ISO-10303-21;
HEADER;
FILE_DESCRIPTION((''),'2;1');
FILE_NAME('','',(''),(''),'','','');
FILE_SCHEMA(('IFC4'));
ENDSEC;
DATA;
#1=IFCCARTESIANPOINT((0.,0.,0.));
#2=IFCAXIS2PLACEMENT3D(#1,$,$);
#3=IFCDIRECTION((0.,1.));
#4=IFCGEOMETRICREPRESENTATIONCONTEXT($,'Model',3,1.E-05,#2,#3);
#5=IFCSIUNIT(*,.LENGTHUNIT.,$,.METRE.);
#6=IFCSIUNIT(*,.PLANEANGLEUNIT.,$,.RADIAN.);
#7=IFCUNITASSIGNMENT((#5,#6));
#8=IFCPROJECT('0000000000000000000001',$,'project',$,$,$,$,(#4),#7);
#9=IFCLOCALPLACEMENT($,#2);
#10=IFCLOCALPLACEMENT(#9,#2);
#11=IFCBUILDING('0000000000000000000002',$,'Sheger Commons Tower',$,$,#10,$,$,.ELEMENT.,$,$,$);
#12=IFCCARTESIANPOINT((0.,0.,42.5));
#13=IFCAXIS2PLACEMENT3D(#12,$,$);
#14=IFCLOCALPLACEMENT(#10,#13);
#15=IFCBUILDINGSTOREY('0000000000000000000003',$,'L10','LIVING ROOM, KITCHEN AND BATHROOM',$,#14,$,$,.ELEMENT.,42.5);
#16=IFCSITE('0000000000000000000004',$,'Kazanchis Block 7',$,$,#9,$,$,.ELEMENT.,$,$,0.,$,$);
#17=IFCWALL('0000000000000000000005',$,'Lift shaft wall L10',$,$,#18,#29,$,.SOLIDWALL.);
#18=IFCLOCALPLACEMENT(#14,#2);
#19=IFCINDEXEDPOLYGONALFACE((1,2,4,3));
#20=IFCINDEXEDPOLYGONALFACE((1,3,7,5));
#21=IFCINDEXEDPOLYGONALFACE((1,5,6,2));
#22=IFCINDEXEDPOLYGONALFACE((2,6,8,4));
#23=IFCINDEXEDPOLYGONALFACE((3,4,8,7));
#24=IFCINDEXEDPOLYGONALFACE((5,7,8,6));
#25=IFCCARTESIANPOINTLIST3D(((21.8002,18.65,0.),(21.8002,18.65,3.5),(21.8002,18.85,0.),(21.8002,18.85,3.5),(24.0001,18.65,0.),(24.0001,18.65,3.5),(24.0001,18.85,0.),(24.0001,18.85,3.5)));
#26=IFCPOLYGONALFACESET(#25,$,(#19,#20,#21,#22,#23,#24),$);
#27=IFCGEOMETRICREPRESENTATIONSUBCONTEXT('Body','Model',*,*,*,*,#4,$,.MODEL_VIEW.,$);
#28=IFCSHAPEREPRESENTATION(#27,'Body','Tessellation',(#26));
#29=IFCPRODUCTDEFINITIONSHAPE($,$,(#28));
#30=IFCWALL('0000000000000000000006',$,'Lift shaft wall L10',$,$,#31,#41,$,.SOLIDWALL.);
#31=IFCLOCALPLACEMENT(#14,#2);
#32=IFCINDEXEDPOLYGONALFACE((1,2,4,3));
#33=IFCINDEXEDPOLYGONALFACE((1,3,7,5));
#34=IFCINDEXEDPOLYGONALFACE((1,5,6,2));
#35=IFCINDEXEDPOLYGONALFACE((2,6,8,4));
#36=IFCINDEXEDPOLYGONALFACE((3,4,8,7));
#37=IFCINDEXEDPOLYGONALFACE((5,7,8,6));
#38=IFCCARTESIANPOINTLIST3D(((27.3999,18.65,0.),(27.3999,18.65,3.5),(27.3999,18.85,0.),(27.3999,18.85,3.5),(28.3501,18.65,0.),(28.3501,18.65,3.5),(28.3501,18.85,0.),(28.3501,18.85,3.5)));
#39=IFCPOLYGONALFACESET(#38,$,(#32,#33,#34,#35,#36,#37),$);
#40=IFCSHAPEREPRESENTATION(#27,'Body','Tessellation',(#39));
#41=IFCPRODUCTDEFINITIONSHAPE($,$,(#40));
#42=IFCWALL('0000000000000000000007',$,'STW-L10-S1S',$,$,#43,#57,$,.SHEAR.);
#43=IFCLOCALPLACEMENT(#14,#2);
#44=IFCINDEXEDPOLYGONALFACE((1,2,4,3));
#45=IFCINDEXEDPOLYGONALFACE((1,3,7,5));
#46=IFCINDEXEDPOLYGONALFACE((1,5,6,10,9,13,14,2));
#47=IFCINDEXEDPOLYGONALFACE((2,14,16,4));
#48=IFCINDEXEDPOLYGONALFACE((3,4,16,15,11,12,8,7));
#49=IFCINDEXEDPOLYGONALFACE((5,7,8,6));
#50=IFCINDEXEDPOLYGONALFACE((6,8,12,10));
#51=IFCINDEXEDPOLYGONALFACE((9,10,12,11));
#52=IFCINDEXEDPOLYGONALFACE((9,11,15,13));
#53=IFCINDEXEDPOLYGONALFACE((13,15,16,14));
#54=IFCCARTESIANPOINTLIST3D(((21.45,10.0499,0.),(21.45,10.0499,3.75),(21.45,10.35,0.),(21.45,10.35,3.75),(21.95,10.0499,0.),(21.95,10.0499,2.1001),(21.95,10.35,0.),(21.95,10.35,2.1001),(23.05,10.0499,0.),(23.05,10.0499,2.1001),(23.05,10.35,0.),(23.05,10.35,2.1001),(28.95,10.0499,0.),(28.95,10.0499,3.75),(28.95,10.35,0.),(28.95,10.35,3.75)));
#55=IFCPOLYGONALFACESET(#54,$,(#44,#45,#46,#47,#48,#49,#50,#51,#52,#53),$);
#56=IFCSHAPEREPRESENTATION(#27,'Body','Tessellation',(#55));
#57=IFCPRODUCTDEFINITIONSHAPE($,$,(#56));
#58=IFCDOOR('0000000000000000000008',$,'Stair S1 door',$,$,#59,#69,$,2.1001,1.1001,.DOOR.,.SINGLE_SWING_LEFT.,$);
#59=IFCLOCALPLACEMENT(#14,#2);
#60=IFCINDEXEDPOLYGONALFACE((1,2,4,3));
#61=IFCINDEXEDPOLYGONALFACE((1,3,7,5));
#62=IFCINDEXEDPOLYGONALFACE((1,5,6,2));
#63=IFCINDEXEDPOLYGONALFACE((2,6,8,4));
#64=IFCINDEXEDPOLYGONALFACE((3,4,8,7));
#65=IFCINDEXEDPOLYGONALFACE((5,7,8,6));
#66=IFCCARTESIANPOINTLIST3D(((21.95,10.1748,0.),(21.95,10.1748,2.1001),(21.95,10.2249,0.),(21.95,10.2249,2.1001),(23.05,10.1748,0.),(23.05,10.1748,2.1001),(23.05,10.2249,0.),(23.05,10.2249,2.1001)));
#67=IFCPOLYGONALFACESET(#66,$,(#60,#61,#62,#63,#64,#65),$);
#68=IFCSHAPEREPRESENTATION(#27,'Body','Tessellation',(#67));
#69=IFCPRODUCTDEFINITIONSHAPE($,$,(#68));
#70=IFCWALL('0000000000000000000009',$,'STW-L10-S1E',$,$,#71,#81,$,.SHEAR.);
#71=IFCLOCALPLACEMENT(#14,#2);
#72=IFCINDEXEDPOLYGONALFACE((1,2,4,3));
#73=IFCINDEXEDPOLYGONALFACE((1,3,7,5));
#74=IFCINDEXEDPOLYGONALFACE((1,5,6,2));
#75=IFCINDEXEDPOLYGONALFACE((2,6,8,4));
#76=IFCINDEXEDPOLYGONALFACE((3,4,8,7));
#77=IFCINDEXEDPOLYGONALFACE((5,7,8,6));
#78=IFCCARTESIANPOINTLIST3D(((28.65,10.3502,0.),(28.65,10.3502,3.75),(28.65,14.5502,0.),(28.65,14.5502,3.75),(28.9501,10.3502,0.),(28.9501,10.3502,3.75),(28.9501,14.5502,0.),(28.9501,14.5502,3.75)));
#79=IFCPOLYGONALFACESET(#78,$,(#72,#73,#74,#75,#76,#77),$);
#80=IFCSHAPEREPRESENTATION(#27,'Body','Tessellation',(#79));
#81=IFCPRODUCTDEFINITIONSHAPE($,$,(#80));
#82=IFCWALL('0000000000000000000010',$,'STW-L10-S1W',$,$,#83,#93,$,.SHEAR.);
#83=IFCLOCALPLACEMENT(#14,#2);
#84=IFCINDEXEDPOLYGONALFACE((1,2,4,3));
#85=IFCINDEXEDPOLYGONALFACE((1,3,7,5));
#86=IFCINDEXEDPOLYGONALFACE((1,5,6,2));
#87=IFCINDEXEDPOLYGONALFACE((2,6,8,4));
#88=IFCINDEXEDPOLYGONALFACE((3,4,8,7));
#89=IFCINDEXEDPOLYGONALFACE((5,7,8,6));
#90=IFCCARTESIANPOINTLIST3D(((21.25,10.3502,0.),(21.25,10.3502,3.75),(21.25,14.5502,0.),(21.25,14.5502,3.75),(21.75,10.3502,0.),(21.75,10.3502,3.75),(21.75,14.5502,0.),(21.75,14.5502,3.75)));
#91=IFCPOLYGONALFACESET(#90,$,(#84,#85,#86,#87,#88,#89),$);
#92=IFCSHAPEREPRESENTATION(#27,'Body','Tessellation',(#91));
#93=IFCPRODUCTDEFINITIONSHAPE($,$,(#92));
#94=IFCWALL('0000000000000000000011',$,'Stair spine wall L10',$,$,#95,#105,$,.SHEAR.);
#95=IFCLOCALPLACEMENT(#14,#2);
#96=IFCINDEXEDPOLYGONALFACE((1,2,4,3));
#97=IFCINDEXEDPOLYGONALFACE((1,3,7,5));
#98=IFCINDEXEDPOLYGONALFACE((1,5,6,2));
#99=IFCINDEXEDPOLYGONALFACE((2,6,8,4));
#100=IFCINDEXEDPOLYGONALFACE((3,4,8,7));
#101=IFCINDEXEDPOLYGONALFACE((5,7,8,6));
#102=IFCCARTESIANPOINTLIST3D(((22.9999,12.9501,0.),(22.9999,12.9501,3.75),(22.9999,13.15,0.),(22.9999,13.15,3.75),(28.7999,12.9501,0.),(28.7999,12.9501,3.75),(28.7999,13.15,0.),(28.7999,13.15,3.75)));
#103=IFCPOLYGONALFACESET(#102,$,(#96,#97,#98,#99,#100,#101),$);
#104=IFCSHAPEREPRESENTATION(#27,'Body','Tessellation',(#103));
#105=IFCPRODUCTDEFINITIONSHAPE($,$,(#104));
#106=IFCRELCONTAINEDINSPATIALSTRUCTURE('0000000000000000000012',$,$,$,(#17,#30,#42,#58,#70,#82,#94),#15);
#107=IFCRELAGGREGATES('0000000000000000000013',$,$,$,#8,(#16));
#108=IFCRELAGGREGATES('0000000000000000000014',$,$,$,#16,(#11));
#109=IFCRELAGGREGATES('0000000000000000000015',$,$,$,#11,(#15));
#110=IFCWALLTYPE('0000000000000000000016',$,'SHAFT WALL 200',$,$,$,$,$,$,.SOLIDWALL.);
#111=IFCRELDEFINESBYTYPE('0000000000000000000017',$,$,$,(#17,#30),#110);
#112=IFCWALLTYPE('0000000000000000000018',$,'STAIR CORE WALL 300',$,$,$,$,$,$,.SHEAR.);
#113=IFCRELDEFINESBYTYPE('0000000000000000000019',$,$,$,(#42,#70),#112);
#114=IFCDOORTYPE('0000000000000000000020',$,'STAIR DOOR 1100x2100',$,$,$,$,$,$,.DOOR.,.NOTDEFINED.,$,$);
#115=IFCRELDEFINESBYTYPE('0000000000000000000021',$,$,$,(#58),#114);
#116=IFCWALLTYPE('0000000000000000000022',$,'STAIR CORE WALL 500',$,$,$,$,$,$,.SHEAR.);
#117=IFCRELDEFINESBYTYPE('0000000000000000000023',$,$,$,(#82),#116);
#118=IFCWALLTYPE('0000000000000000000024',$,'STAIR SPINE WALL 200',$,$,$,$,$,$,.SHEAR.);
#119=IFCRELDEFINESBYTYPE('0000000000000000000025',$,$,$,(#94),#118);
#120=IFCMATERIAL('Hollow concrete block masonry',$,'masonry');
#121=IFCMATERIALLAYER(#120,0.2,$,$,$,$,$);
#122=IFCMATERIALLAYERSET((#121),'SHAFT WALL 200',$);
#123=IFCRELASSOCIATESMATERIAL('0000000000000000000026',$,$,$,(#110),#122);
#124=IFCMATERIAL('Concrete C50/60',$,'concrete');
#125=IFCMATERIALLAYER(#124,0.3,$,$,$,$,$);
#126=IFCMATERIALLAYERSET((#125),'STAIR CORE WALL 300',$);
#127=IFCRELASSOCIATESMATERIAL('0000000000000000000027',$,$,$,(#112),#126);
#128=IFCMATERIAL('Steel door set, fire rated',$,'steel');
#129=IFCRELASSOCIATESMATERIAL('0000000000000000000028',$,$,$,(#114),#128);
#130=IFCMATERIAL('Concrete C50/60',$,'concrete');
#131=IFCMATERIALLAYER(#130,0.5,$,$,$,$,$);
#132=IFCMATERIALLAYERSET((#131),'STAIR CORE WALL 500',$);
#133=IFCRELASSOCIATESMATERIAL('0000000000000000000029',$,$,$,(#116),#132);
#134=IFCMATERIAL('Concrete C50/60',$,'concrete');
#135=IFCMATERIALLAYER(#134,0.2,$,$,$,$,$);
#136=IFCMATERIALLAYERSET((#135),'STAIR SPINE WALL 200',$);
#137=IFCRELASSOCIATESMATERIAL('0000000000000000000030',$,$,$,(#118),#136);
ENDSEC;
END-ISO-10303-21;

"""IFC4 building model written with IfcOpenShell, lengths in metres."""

from ifc_helpers import new_model, si_unit, direction, frame, frame_2d, origin, place, context, subcontext, project, spatial, rectangle, extrude, material, layer, layer_set, type_object, element, fill, save


model = new_model("IFC4")

# Units and contexts
model_context = context("Model", 3, precision=1e-05, world=origin(), true_north=direction((0.0, 1.0)))
body_context = subcontext(model_context, "Body", "Model", "MODEL_VIEW")
ifc_project = project(units=[si_unit("LENGTHUNIT", "METRE"), si_unit("PLANEANGLEUNIT", "RADIAN")], contexts=[model_context])

# Site, building, storey
site_placement = place(None, origin())
site = spatial("IfcSite", under=ifc_project, at=site_placement, Name="Kazanchis Block 7", CompositionType="ELEMENT", RefElevation=0.0)
building_placement = place(site_placement, origin())
building = spatial("IfcBuilding", under=site, at=building_placement, Name="Sheger Commons Tower", CompositionType="ELEMENT")
storey_placement = place(building_placement, frame((0.0, 0.0, 42.5)))
storey = spatial("IfcBuildingStorey", under=building, at=storey_placement, Name="L10", Description="LIVING ROOM, KITCHEN AND BATHROOM", CompositionType="ELEMENT", Elevation=42.5)

# Walls
ifc_material_1 = material(Name="Hollow concrete block masonry", Category="masonry")
ifc_layer_1 = layer(ifc_material_1, 0.2)
ifc_layer_set_1 = layer_set([ifc_layer_1], Name="SHAFT WALL 200")
wall_type_1 = type_object("IfcWallType", Name="SHAFT WALL 200", PredefinedType="SOLIDWALL", material=ifc_layer_set_1)
wall_1_placement = place(storey_placement, frame((21.8, 18.75, 0.0), z_axis=(0.0, 0.0, 1.0), x_axis=(1.0, 0.0, 0.0)))
element("IfcWall", 1, at=wall_1_placement, inside=storey, type_object=wall_type_1, Name="Lift shaft wall L10", PredefinedType="SOLIDWALL", context=body_context, shape_type="SweptSolid", body=[
    extrude(rectangle(XDim=2.2, YDim=0.2, at=frame_2d((1.1001, 0.0))), origin(), (0.0, 0.0, 1.0), 3.5),
])
wall_2_placement = place(storey_placement, frame((27.3999, 18.75, 0.0), z_axis=(0.0, 0.0, 1.0), x_axis=(1.0, 0.0, 0.0)))
element("IfcWall", 2, at=wall_2_placement, inside=storey, type_object=wall_type_1, Name="Lift shaft wall L10", PredefinedType="SOLIDWALL", context=body_context, shape_type="SweptSolid", body=[
    extrude(rectangle(XDim=0.9502, YDim=0.2, at=frame_2d((0.4751, 0.0))), origin(), (0.0, 0.0, 1.0), 3.5),
])

# Wall, opening, door
ifc_material_2 = material(Name="Concrete C50/60", Category="concrete")
ifc_layer_2 = layer(ifc_material_2, 0.3)
ifc_layer_set_2 = layer_set([ifc_layer_2], Name="STAIR CORE WALL 300")
wall_type_2 = type_object("IfcWallType", Name="STAIR CORE WALL 300", PredefinedType="SHEAR", material=ifc_layer_set_2)
wall_3_placement = place(storey_placement, frame((21.45, 10.2, 0.0), z_axis=(0.0, 0.0, 1.0), x_axis=(1.0, 0.0, 0.0)))
wall_3 = element("IfcWall", 3, at=wall_3_placement, inside=storey, type_object=wall_type_2, Name="STW-L10-S1S", PredefinedType="SHEAR", context=body_context, shape_type="SweptSolid", body=[
    extrude(rectangle(XDim=7.5, YDim=0.3, at=frame_2d((3.75, 0.0))), origin(), (0.0, 0.0, 1.0), 3.75),
])
opening_1_placement = place(wall_3_placement, frame((0.5, 0.0, 0.0)))
opening_1 = element("IfcOpeningElement", 4, at=opening_1_placement, cuts=wall_3, PredefinedType="OPENING", context=body_context, shape_type="SweptSolid", body=[
    extrude(rectangle(XDim=1.1001, YDim=2.1001, at=frame_2d((0.55, 1.05))), frame((0.0, 0.1599, 0.0), z_axis=(0.0, -1.0, 0.0), x_axis=(1.0, 0.0, 0.0)), (0.0, 0.0, 1.0), 0.3201),
])
ifc_material_3 = material(Name="Steel door set, fire rated", Category="steel")
door_type_1 = type_object("IfcDoorType", Name="STAIR DOOR 1100x2100", OperationType="NOTDEFINED", PredefinedType="DOOR", material=ifc_material_3)
door_1_placement = place(opening_1_placement, origin())
door_1 = element("IfcDoor", 5, at=door_1_placement, inside=storey, type_object=door_type_1, Name="Stair S1 door", OperationType="SINGLE_SWING_LEFT", OverallHeight=2.1001, OverallWidth=1.1001, PredefinedType="DOOR", context=body_context, shape_type="SweptSolid", body=[
    extrude(rectangle(XDim=1.1001, YDim=2.1001, at=frame_2d((0.55, 1.05))), frame((0.0, 0.0249, 0.0), z_axis=(0.0, -1.0, 0.0), x_axis=(1.0, 0.0, 0.0)), (0.0, 0.0, 1.0), 0.05),
])
fill(opening_1, door_1)

# Walls
wall_4_placement = place(storey_placement, frame((28.8, 10.3501, 0.0), z_axis=(0.0, 0.0, 1.0), x_axis=(0.0, 1.0, 0.0)))
element("IfcWall", 6, at=wall_4_placement, inside=storey, type_object=wall_type_2, Name="STW-L10-S1E", PredefinedType="SHEAR", context=body_context, shape_type="SweptSolid", body=[
    extrude(rectangle(XDim=4.2, YDim=0.3, at=frame_2d((2.1001, 0.0))), origin(), (0.0, 0.0, 1.0), 3.75),
])
ifc_material_4 = material(Name="Concrete C50/60", Category="concrete")
ifc_layer_3 = layer(ifc_material_4, 0.5)
ifc_layer_set_3 = layer_set([ifc_layer_3], Name="STAIR CORE WALL 500")
wall_type_3 = type_object("IfcWallType", Name="STAIR CORE WALL 500", PredefinedType="SHEAR", material=ifc_layer_set_3)
wall_5_placement = place(storey_placement, frame((21.5, 10.3501, 0.0), z_axis=(0.0, 0.0, 1.0), x_axis=(0.0, 1.0, 0.0)))
element("IfcWall", 7, at=wall_5_placement, inside=storey, type_object=wall_type_3, Name="STW-L10-S1W", PredefinedType="SHEAR", context=body_context, shape_type="SweptSolid", body=[
    extrude(rectangle(XDim=4.2, YDim=0.5, at=frame_2d((2.1001, 0.0))), origin(), (0.0, 0.0, 1.0), 3.75),
])
ifc_material_5 = material(Name="Concrete C50/60", Category="concrete")
ifc_layer_4 = layer(ifc_material_5, 0.2)
ifc_layer_set_4 = layer_set([ifc_layer_4], Name="STAIR SPINE WALL 200")
wall_type_4 = type_object("IfcWallType", Name="STAIR SPINE WALL 200", PredefinedType="SHEAR", material=ifc_layer_set_4)
wall_6_placement = place(storey_placement, frame((23.0, 13.05, 0.0), z_axis=(0.0, 0.0, 1.0), x_axis=(1.0, 0.0, 0.0)))
element("IfcWall", 8, at=wall_6_placement, inside=storey, type_object=wall_type_4, Name="Stair spine wall L10", PredefinedType="SHEAR", context=body_context, shape_type="SweptSolid", body=[
    extrude(rectangle(XDim=5.8, YDim=0.2, at=frame_2d((2.8999, 0.0))), origin(), (0.0, 0.0, 1.0), 3.75),
])

save(model, "model.ifc")
